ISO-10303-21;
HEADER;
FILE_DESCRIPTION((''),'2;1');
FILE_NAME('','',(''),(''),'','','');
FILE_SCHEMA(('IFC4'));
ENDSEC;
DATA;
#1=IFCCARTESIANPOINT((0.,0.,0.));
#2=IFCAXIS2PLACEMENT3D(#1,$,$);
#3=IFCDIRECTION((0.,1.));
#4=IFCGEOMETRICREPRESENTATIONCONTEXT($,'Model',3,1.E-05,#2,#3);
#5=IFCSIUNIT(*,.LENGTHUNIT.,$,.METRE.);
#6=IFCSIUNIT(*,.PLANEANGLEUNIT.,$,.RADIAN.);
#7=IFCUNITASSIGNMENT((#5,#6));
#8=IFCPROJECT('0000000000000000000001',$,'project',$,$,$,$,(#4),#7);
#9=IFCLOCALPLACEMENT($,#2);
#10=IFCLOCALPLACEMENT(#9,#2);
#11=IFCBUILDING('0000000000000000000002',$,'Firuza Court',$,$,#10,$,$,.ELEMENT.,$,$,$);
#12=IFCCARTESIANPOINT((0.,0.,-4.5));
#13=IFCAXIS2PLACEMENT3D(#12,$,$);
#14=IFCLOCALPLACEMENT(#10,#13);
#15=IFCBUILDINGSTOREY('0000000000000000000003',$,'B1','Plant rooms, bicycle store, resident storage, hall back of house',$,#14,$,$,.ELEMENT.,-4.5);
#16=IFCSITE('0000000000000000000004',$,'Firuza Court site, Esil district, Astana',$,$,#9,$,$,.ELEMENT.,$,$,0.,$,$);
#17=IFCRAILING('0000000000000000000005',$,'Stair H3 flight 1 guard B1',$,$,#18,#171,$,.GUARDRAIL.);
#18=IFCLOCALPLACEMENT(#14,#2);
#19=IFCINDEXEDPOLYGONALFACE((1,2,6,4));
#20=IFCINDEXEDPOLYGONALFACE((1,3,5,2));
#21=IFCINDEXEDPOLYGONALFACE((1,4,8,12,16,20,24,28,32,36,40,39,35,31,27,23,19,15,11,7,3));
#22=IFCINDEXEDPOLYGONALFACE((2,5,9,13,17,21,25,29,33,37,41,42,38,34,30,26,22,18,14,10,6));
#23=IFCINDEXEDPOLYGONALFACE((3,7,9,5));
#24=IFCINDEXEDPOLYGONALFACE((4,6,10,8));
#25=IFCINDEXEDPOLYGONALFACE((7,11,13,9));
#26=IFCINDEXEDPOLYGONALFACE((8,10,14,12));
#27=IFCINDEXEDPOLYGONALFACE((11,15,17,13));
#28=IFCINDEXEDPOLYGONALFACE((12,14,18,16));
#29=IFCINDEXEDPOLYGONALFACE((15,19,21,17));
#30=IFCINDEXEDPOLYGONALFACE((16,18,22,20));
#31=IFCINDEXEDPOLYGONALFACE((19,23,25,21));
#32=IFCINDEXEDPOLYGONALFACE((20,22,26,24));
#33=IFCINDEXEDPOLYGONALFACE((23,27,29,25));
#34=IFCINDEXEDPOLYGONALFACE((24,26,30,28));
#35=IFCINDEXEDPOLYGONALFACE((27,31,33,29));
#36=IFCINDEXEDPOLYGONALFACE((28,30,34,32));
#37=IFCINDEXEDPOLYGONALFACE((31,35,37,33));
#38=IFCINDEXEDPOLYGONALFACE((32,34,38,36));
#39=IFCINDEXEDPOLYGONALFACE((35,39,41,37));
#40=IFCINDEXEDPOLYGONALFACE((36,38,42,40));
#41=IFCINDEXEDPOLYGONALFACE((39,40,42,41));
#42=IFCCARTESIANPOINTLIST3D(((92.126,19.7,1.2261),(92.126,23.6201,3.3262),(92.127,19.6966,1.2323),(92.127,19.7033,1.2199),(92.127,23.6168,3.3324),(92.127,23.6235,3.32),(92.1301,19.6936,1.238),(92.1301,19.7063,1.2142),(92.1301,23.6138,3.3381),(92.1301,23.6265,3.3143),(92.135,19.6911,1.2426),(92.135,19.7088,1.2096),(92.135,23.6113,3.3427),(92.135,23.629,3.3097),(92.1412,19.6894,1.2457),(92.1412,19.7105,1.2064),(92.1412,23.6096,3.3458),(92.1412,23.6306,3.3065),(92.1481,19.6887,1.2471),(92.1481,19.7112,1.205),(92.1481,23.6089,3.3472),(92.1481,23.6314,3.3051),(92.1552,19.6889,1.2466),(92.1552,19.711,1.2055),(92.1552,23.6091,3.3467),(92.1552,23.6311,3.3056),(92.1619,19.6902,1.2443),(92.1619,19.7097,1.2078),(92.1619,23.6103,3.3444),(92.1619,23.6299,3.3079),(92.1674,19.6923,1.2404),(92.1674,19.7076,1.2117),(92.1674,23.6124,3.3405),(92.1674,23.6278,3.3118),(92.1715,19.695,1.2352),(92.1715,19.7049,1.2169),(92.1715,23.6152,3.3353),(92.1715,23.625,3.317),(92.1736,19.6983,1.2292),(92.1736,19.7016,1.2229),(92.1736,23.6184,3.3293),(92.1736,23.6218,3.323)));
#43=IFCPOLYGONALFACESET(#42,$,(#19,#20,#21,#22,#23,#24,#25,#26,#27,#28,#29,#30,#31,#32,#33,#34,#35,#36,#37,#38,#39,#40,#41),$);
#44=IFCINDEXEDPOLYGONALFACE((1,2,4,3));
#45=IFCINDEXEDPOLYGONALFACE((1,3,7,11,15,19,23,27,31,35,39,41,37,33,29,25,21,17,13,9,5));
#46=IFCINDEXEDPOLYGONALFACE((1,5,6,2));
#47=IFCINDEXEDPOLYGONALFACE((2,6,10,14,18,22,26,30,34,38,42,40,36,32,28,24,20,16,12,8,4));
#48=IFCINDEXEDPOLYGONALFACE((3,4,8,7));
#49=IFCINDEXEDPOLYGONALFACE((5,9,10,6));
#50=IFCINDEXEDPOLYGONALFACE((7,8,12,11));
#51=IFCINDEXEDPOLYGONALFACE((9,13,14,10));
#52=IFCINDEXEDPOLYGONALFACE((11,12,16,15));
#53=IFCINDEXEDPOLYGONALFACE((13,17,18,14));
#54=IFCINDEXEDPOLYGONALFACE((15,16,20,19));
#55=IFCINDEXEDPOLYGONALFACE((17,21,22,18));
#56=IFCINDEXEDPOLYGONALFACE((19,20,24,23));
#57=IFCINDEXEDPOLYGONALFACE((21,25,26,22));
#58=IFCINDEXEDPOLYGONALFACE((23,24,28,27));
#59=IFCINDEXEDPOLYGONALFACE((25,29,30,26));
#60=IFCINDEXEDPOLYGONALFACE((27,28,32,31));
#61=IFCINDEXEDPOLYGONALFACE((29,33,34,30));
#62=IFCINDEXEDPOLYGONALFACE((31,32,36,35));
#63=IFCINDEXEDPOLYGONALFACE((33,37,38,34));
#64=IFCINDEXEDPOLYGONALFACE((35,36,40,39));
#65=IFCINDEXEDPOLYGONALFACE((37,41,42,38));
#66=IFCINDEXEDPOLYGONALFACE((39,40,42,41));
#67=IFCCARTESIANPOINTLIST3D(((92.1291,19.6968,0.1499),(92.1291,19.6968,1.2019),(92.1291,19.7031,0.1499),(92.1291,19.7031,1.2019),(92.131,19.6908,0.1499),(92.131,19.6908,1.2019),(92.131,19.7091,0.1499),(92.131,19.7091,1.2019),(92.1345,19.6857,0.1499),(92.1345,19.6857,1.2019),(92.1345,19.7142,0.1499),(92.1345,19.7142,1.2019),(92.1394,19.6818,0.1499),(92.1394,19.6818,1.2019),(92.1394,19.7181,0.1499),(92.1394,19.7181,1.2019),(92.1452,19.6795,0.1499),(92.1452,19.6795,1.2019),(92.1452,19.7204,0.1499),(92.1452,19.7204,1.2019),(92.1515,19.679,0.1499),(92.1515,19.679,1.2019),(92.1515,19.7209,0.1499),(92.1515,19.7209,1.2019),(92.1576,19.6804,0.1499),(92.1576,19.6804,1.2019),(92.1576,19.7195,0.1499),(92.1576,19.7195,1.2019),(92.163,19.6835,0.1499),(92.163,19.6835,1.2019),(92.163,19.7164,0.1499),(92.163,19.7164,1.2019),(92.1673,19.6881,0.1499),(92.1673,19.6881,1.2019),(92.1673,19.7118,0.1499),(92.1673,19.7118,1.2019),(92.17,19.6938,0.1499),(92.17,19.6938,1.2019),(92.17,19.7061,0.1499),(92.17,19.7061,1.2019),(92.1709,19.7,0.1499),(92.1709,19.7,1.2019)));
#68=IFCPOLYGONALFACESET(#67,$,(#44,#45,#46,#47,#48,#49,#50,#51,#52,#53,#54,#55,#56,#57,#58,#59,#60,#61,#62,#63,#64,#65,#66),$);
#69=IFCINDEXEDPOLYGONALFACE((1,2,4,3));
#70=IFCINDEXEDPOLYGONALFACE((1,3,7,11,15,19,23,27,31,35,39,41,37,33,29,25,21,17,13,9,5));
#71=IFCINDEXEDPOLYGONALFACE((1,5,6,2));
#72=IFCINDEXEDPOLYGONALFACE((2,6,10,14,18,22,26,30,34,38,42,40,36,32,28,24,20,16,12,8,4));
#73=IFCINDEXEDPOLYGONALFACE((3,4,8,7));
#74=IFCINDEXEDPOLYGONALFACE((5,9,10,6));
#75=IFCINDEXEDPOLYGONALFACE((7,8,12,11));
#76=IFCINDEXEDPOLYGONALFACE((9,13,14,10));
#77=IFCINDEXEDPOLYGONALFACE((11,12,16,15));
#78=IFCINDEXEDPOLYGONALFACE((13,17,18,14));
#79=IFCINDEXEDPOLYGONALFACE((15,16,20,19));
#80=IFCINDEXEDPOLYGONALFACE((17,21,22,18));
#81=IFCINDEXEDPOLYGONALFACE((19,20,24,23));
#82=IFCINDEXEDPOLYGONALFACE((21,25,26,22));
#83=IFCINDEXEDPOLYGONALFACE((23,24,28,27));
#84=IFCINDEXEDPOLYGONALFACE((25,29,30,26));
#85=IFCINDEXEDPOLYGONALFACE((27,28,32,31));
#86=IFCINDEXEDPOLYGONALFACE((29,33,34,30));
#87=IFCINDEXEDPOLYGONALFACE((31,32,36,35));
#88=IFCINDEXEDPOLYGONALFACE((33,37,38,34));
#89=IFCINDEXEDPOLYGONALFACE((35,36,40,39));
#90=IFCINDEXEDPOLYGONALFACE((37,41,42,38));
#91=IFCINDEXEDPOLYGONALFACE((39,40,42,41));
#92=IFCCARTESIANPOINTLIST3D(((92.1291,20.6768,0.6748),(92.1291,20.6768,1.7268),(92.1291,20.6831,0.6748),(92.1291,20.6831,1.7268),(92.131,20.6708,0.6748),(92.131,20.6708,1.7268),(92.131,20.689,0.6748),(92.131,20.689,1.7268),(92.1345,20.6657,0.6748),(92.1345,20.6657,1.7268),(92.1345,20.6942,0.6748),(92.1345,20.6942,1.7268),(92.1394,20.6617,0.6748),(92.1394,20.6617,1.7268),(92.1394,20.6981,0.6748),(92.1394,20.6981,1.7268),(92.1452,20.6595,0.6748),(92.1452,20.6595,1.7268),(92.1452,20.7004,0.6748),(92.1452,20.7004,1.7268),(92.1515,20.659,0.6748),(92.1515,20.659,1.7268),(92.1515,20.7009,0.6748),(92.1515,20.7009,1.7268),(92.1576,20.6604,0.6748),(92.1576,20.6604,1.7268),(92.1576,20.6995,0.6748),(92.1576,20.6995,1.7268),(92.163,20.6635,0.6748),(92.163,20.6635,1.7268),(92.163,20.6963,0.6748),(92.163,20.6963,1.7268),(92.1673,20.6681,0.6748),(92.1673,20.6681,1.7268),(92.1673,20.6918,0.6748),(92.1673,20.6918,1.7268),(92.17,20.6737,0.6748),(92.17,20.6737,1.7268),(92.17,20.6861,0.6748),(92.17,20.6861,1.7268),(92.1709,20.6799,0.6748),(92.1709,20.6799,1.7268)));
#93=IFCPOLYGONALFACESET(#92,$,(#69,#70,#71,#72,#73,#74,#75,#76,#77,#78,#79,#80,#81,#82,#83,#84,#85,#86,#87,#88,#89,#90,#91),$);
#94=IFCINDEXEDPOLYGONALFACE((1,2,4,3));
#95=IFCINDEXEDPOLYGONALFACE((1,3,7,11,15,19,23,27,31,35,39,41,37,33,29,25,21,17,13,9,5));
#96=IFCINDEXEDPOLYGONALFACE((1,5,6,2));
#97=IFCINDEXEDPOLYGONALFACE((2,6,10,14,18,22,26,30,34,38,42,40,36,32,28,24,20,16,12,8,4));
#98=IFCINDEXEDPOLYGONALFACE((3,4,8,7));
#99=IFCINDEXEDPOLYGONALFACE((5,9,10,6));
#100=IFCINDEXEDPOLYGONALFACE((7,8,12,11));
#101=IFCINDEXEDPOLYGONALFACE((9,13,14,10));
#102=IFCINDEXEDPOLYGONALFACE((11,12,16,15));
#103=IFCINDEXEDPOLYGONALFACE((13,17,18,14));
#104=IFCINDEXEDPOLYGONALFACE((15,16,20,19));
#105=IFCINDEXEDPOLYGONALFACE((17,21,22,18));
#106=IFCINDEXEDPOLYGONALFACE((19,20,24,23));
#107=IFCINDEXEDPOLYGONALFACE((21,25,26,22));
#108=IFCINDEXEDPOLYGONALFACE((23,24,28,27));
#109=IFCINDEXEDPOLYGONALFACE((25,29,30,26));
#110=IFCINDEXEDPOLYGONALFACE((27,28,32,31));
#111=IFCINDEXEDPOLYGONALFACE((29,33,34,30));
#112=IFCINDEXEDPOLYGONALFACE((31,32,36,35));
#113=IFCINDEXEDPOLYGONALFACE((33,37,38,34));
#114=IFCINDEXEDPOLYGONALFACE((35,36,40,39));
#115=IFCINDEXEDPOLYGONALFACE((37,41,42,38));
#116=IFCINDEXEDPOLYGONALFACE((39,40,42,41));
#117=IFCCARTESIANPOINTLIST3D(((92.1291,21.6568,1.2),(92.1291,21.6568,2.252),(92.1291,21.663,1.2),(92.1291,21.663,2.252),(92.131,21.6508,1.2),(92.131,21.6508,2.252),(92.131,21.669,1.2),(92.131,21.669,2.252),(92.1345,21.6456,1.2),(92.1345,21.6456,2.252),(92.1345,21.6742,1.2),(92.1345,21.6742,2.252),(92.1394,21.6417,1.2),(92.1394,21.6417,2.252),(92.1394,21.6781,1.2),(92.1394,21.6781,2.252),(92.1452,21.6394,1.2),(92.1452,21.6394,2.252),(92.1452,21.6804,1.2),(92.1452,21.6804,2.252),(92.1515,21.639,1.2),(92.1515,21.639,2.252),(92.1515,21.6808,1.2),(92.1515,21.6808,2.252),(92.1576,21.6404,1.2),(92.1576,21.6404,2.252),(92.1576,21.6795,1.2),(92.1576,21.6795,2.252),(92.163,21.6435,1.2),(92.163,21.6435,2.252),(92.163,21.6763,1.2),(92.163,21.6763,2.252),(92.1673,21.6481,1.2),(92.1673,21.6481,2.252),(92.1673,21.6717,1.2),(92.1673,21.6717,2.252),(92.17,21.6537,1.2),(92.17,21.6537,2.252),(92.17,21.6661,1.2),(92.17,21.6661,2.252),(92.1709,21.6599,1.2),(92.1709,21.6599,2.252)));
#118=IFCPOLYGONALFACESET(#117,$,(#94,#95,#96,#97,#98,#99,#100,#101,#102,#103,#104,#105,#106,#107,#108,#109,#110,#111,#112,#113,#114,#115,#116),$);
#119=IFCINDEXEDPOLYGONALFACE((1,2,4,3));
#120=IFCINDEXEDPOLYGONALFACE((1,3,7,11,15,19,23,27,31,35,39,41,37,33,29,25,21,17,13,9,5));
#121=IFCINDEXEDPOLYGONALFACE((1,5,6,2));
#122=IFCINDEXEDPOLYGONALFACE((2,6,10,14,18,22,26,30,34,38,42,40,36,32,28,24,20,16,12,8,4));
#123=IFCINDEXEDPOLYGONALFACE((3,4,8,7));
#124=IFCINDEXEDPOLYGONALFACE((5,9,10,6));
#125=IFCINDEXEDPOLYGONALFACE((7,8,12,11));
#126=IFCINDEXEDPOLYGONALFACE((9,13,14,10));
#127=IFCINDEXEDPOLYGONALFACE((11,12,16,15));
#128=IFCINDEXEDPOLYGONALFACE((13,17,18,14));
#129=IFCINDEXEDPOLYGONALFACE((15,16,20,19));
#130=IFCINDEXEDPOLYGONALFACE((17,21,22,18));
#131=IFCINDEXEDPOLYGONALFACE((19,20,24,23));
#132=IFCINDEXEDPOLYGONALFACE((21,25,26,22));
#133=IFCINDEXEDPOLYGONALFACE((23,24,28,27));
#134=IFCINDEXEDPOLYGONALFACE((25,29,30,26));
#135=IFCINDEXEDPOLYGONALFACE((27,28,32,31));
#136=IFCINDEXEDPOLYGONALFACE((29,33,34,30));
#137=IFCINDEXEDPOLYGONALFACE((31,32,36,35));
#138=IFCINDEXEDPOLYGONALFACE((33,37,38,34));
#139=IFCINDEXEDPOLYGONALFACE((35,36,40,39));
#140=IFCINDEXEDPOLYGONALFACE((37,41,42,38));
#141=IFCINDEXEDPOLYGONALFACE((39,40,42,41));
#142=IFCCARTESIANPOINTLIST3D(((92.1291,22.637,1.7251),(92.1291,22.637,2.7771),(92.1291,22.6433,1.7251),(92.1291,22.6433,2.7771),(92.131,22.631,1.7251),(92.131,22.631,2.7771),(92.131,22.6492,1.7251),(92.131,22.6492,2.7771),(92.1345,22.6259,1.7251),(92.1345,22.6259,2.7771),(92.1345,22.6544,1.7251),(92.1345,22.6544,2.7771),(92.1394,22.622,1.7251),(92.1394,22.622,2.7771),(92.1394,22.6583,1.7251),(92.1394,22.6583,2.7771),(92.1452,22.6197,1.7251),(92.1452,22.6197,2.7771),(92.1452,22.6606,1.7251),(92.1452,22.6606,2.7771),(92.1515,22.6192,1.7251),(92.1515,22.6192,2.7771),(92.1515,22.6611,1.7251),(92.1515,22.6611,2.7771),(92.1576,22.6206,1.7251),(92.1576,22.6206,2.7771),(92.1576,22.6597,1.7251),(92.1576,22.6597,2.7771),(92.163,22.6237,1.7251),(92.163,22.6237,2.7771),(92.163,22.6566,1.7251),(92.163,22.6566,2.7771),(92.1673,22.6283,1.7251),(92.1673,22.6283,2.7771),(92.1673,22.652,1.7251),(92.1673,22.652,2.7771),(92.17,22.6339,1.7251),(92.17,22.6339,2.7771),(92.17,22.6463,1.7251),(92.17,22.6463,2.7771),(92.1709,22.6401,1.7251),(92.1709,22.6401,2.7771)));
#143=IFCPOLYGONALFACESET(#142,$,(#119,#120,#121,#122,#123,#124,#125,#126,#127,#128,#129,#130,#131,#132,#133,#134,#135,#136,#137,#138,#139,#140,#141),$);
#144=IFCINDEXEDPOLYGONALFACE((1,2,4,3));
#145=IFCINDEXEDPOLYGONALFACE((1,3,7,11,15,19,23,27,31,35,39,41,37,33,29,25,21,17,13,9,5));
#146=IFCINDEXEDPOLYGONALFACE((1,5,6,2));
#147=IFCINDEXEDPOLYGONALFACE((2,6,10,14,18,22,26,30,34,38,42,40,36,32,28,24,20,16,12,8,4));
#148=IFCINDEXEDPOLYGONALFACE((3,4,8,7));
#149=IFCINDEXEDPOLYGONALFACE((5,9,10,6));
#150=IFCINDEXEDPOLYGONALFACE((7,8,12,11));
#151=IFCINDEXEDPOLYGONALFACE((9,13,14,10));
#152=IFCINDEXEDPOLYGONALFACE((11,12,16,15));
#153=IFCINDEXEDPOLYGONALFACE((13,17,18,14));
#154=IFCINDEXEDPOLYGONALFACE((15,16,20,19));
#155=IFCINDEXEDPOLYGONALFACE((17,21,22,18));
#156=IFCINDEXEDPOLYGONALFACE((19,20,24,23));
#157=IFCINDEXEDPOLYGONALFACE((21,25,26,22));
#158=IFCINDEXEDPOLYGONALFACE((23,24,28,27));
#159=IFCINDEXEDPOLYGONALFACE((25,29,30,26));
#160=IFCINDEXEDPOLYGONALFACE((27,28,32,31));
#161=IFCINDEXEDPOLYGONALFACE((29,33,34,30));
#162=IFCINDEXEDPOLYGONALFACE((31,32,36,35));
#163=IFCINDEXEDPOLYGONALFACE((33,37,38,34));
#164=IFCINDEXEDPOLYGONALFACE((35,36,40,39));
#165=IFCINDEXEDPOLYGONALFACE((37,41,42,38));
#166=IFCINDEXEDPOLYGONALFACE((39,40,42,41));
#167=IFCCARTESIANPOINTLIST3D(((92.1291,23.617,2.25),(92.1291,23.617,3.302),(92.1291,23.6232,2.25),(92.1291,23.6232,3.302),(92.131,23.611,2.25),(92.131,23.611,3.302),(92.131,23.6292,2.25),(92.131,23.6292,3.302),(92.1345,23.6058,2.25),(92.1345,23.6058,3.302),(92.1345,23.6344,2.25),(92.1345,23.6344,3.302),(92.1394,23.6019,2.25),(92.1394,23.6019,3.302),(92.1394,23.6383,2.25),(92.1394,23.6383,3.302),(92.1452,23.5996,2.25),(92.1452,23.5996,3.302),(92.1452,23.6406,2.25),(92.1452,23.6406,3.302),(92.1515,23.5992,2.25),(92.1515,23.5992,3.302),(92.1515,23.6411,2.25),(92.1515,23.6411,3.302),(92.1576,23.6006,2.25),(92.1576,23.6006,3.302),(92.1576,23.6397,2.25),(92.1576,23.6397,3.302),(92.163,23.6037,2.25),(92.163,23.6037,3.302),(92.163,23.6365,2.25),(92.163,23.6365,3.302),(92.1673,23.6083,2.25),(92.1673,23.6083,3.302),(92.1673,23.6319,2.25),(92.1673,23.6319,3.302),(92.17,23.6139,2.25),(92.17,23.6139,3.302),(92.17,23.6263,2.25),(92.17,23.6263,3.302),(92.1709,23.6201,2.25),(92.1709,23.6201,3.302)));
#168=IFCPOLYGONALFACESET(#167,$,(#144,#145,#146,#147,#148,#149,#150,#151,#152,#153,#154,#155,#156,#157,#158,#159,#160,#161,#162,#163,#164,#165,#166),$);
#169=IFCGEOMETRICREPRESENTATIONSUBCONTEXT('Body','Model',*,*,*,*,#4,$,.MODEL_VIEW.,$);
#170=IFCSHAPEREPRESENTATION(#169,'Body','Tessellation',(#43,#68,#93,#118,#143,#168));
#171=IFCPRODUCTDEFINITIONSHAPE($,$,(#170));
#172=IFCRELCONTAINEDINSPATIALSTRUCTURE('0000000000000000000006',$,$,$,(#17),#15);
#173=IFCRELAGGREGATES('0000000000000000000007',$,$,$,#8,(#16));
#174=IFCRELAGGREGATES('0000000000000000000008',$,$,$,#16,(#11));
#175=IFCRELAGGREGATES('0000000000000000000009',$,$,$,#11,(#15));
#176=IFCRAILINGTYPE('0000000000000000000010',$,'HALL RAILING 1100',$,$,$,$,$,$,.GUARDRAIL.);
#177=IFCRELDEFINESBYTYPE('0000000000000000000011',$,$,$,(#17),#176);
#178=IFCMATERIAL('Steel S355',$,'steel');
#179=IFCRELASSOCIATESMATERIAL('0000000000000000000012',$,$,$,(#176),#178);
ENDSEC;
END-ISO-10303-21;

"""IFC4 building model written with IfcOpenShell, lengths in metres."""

from ifc_helpers import new_model, si_unit, direction, frame, origin, origin_2d, place, context, subcontext, project, spatial, circle, extrude, material, type_object, element, save


model = new_model("IFC4")

# Units and contexts
model_context = context("Model", 3, precision=1e-05, world=origin(), true_north=direction((0.0, 1.0)))
body_context = subcontext(model_context, "Body", "Model", "MODEL_VIEW")
ifc_project = project(units=[si_unit("LENGTHUNIT", "METRE"), si_unit("PLANEANGLEUNIT", "RADIAN")], contexts=[model_context])

# Site, building, storey
site_placement = place(None, origin())
site = spatial("IfcSite", under=ifc_project, at=site_placement, Name="Firuza Court site, Esil district, Astana", CompositionType="ELEMENT", RefElevation=0.0)
building_placement = place(site_placement, origin())
building = spatial("IfcBuilding", under=site, at=building_placement, Name="Firuza Court", CompositionType="ELEMENT")
storey_placement = place(building_placement, frame((0.0, 0.0, -4.5)))
storey = spatial("IfcBuildingStorey", under=building, at=storey_placement, Name="B1", Description="Plant rooms, bicycle store, resident storage, hall back of house", CompositionType="ELEMENT", Elevation=-4.5)

# Railing
ifc_material_1 = material(Name="Steel S355", Category="steel")
railing_type_1 = type_object("IfcRailingType", Name="HALL RAILING 1100", PredefinedType="GUARDRAIL", material=ifc_material_1)
railing_1_placement = place(storey_placement, frame((92.1499, 19.7, 0.1499)))
element("IfcRailing", 1, at=railing_1_placement, inside=storey, type_object=railing_type_1, Name="Stair H3 flight 1 guard B1", PredefinedType="GUARDRAIL", context=body_context, shape_type="SweptSolid", body=[
    extrude(circle(Radius=0.0239, at=origin_2d()), frame((0.0, 0.0, 1.0762), z_axis=(0.0, 0.881479, 0.472223), x_axis=(-1.0, 0.0, 0.0)), (0.0, 0.0, 1.0), 4.4473),
    extrude(circle(Radius=0.021, at=origin_2d()), origin(), (0.0, 0.0, 1.0), 1.052),
    extrude(circle(Radius=0.021, at=origin_2d()), frame((0.0, 0.98, 0.5249)), (0.0, 0.0, 1.0), 1.052),
    extrude(circle(Radius=0.021, at=origin_2d()), frame((0.0, 1.96, 1.05)), (0.0, 0.0, 1.0), 1.052),
    extrude(circle(Radius=0.021, at=origin_2d()), frame((0.0, 2.9402, 1.5752)), (0.0, 0.0, 1.0), 1.052),
    extrude(circle(Radius=0.021, at=origin_2d()), frame((0.0, 3.9202, 2.1001)), (0.0, 0.0, 1.0), 1.052),
])

save(model, "model.ifc")
